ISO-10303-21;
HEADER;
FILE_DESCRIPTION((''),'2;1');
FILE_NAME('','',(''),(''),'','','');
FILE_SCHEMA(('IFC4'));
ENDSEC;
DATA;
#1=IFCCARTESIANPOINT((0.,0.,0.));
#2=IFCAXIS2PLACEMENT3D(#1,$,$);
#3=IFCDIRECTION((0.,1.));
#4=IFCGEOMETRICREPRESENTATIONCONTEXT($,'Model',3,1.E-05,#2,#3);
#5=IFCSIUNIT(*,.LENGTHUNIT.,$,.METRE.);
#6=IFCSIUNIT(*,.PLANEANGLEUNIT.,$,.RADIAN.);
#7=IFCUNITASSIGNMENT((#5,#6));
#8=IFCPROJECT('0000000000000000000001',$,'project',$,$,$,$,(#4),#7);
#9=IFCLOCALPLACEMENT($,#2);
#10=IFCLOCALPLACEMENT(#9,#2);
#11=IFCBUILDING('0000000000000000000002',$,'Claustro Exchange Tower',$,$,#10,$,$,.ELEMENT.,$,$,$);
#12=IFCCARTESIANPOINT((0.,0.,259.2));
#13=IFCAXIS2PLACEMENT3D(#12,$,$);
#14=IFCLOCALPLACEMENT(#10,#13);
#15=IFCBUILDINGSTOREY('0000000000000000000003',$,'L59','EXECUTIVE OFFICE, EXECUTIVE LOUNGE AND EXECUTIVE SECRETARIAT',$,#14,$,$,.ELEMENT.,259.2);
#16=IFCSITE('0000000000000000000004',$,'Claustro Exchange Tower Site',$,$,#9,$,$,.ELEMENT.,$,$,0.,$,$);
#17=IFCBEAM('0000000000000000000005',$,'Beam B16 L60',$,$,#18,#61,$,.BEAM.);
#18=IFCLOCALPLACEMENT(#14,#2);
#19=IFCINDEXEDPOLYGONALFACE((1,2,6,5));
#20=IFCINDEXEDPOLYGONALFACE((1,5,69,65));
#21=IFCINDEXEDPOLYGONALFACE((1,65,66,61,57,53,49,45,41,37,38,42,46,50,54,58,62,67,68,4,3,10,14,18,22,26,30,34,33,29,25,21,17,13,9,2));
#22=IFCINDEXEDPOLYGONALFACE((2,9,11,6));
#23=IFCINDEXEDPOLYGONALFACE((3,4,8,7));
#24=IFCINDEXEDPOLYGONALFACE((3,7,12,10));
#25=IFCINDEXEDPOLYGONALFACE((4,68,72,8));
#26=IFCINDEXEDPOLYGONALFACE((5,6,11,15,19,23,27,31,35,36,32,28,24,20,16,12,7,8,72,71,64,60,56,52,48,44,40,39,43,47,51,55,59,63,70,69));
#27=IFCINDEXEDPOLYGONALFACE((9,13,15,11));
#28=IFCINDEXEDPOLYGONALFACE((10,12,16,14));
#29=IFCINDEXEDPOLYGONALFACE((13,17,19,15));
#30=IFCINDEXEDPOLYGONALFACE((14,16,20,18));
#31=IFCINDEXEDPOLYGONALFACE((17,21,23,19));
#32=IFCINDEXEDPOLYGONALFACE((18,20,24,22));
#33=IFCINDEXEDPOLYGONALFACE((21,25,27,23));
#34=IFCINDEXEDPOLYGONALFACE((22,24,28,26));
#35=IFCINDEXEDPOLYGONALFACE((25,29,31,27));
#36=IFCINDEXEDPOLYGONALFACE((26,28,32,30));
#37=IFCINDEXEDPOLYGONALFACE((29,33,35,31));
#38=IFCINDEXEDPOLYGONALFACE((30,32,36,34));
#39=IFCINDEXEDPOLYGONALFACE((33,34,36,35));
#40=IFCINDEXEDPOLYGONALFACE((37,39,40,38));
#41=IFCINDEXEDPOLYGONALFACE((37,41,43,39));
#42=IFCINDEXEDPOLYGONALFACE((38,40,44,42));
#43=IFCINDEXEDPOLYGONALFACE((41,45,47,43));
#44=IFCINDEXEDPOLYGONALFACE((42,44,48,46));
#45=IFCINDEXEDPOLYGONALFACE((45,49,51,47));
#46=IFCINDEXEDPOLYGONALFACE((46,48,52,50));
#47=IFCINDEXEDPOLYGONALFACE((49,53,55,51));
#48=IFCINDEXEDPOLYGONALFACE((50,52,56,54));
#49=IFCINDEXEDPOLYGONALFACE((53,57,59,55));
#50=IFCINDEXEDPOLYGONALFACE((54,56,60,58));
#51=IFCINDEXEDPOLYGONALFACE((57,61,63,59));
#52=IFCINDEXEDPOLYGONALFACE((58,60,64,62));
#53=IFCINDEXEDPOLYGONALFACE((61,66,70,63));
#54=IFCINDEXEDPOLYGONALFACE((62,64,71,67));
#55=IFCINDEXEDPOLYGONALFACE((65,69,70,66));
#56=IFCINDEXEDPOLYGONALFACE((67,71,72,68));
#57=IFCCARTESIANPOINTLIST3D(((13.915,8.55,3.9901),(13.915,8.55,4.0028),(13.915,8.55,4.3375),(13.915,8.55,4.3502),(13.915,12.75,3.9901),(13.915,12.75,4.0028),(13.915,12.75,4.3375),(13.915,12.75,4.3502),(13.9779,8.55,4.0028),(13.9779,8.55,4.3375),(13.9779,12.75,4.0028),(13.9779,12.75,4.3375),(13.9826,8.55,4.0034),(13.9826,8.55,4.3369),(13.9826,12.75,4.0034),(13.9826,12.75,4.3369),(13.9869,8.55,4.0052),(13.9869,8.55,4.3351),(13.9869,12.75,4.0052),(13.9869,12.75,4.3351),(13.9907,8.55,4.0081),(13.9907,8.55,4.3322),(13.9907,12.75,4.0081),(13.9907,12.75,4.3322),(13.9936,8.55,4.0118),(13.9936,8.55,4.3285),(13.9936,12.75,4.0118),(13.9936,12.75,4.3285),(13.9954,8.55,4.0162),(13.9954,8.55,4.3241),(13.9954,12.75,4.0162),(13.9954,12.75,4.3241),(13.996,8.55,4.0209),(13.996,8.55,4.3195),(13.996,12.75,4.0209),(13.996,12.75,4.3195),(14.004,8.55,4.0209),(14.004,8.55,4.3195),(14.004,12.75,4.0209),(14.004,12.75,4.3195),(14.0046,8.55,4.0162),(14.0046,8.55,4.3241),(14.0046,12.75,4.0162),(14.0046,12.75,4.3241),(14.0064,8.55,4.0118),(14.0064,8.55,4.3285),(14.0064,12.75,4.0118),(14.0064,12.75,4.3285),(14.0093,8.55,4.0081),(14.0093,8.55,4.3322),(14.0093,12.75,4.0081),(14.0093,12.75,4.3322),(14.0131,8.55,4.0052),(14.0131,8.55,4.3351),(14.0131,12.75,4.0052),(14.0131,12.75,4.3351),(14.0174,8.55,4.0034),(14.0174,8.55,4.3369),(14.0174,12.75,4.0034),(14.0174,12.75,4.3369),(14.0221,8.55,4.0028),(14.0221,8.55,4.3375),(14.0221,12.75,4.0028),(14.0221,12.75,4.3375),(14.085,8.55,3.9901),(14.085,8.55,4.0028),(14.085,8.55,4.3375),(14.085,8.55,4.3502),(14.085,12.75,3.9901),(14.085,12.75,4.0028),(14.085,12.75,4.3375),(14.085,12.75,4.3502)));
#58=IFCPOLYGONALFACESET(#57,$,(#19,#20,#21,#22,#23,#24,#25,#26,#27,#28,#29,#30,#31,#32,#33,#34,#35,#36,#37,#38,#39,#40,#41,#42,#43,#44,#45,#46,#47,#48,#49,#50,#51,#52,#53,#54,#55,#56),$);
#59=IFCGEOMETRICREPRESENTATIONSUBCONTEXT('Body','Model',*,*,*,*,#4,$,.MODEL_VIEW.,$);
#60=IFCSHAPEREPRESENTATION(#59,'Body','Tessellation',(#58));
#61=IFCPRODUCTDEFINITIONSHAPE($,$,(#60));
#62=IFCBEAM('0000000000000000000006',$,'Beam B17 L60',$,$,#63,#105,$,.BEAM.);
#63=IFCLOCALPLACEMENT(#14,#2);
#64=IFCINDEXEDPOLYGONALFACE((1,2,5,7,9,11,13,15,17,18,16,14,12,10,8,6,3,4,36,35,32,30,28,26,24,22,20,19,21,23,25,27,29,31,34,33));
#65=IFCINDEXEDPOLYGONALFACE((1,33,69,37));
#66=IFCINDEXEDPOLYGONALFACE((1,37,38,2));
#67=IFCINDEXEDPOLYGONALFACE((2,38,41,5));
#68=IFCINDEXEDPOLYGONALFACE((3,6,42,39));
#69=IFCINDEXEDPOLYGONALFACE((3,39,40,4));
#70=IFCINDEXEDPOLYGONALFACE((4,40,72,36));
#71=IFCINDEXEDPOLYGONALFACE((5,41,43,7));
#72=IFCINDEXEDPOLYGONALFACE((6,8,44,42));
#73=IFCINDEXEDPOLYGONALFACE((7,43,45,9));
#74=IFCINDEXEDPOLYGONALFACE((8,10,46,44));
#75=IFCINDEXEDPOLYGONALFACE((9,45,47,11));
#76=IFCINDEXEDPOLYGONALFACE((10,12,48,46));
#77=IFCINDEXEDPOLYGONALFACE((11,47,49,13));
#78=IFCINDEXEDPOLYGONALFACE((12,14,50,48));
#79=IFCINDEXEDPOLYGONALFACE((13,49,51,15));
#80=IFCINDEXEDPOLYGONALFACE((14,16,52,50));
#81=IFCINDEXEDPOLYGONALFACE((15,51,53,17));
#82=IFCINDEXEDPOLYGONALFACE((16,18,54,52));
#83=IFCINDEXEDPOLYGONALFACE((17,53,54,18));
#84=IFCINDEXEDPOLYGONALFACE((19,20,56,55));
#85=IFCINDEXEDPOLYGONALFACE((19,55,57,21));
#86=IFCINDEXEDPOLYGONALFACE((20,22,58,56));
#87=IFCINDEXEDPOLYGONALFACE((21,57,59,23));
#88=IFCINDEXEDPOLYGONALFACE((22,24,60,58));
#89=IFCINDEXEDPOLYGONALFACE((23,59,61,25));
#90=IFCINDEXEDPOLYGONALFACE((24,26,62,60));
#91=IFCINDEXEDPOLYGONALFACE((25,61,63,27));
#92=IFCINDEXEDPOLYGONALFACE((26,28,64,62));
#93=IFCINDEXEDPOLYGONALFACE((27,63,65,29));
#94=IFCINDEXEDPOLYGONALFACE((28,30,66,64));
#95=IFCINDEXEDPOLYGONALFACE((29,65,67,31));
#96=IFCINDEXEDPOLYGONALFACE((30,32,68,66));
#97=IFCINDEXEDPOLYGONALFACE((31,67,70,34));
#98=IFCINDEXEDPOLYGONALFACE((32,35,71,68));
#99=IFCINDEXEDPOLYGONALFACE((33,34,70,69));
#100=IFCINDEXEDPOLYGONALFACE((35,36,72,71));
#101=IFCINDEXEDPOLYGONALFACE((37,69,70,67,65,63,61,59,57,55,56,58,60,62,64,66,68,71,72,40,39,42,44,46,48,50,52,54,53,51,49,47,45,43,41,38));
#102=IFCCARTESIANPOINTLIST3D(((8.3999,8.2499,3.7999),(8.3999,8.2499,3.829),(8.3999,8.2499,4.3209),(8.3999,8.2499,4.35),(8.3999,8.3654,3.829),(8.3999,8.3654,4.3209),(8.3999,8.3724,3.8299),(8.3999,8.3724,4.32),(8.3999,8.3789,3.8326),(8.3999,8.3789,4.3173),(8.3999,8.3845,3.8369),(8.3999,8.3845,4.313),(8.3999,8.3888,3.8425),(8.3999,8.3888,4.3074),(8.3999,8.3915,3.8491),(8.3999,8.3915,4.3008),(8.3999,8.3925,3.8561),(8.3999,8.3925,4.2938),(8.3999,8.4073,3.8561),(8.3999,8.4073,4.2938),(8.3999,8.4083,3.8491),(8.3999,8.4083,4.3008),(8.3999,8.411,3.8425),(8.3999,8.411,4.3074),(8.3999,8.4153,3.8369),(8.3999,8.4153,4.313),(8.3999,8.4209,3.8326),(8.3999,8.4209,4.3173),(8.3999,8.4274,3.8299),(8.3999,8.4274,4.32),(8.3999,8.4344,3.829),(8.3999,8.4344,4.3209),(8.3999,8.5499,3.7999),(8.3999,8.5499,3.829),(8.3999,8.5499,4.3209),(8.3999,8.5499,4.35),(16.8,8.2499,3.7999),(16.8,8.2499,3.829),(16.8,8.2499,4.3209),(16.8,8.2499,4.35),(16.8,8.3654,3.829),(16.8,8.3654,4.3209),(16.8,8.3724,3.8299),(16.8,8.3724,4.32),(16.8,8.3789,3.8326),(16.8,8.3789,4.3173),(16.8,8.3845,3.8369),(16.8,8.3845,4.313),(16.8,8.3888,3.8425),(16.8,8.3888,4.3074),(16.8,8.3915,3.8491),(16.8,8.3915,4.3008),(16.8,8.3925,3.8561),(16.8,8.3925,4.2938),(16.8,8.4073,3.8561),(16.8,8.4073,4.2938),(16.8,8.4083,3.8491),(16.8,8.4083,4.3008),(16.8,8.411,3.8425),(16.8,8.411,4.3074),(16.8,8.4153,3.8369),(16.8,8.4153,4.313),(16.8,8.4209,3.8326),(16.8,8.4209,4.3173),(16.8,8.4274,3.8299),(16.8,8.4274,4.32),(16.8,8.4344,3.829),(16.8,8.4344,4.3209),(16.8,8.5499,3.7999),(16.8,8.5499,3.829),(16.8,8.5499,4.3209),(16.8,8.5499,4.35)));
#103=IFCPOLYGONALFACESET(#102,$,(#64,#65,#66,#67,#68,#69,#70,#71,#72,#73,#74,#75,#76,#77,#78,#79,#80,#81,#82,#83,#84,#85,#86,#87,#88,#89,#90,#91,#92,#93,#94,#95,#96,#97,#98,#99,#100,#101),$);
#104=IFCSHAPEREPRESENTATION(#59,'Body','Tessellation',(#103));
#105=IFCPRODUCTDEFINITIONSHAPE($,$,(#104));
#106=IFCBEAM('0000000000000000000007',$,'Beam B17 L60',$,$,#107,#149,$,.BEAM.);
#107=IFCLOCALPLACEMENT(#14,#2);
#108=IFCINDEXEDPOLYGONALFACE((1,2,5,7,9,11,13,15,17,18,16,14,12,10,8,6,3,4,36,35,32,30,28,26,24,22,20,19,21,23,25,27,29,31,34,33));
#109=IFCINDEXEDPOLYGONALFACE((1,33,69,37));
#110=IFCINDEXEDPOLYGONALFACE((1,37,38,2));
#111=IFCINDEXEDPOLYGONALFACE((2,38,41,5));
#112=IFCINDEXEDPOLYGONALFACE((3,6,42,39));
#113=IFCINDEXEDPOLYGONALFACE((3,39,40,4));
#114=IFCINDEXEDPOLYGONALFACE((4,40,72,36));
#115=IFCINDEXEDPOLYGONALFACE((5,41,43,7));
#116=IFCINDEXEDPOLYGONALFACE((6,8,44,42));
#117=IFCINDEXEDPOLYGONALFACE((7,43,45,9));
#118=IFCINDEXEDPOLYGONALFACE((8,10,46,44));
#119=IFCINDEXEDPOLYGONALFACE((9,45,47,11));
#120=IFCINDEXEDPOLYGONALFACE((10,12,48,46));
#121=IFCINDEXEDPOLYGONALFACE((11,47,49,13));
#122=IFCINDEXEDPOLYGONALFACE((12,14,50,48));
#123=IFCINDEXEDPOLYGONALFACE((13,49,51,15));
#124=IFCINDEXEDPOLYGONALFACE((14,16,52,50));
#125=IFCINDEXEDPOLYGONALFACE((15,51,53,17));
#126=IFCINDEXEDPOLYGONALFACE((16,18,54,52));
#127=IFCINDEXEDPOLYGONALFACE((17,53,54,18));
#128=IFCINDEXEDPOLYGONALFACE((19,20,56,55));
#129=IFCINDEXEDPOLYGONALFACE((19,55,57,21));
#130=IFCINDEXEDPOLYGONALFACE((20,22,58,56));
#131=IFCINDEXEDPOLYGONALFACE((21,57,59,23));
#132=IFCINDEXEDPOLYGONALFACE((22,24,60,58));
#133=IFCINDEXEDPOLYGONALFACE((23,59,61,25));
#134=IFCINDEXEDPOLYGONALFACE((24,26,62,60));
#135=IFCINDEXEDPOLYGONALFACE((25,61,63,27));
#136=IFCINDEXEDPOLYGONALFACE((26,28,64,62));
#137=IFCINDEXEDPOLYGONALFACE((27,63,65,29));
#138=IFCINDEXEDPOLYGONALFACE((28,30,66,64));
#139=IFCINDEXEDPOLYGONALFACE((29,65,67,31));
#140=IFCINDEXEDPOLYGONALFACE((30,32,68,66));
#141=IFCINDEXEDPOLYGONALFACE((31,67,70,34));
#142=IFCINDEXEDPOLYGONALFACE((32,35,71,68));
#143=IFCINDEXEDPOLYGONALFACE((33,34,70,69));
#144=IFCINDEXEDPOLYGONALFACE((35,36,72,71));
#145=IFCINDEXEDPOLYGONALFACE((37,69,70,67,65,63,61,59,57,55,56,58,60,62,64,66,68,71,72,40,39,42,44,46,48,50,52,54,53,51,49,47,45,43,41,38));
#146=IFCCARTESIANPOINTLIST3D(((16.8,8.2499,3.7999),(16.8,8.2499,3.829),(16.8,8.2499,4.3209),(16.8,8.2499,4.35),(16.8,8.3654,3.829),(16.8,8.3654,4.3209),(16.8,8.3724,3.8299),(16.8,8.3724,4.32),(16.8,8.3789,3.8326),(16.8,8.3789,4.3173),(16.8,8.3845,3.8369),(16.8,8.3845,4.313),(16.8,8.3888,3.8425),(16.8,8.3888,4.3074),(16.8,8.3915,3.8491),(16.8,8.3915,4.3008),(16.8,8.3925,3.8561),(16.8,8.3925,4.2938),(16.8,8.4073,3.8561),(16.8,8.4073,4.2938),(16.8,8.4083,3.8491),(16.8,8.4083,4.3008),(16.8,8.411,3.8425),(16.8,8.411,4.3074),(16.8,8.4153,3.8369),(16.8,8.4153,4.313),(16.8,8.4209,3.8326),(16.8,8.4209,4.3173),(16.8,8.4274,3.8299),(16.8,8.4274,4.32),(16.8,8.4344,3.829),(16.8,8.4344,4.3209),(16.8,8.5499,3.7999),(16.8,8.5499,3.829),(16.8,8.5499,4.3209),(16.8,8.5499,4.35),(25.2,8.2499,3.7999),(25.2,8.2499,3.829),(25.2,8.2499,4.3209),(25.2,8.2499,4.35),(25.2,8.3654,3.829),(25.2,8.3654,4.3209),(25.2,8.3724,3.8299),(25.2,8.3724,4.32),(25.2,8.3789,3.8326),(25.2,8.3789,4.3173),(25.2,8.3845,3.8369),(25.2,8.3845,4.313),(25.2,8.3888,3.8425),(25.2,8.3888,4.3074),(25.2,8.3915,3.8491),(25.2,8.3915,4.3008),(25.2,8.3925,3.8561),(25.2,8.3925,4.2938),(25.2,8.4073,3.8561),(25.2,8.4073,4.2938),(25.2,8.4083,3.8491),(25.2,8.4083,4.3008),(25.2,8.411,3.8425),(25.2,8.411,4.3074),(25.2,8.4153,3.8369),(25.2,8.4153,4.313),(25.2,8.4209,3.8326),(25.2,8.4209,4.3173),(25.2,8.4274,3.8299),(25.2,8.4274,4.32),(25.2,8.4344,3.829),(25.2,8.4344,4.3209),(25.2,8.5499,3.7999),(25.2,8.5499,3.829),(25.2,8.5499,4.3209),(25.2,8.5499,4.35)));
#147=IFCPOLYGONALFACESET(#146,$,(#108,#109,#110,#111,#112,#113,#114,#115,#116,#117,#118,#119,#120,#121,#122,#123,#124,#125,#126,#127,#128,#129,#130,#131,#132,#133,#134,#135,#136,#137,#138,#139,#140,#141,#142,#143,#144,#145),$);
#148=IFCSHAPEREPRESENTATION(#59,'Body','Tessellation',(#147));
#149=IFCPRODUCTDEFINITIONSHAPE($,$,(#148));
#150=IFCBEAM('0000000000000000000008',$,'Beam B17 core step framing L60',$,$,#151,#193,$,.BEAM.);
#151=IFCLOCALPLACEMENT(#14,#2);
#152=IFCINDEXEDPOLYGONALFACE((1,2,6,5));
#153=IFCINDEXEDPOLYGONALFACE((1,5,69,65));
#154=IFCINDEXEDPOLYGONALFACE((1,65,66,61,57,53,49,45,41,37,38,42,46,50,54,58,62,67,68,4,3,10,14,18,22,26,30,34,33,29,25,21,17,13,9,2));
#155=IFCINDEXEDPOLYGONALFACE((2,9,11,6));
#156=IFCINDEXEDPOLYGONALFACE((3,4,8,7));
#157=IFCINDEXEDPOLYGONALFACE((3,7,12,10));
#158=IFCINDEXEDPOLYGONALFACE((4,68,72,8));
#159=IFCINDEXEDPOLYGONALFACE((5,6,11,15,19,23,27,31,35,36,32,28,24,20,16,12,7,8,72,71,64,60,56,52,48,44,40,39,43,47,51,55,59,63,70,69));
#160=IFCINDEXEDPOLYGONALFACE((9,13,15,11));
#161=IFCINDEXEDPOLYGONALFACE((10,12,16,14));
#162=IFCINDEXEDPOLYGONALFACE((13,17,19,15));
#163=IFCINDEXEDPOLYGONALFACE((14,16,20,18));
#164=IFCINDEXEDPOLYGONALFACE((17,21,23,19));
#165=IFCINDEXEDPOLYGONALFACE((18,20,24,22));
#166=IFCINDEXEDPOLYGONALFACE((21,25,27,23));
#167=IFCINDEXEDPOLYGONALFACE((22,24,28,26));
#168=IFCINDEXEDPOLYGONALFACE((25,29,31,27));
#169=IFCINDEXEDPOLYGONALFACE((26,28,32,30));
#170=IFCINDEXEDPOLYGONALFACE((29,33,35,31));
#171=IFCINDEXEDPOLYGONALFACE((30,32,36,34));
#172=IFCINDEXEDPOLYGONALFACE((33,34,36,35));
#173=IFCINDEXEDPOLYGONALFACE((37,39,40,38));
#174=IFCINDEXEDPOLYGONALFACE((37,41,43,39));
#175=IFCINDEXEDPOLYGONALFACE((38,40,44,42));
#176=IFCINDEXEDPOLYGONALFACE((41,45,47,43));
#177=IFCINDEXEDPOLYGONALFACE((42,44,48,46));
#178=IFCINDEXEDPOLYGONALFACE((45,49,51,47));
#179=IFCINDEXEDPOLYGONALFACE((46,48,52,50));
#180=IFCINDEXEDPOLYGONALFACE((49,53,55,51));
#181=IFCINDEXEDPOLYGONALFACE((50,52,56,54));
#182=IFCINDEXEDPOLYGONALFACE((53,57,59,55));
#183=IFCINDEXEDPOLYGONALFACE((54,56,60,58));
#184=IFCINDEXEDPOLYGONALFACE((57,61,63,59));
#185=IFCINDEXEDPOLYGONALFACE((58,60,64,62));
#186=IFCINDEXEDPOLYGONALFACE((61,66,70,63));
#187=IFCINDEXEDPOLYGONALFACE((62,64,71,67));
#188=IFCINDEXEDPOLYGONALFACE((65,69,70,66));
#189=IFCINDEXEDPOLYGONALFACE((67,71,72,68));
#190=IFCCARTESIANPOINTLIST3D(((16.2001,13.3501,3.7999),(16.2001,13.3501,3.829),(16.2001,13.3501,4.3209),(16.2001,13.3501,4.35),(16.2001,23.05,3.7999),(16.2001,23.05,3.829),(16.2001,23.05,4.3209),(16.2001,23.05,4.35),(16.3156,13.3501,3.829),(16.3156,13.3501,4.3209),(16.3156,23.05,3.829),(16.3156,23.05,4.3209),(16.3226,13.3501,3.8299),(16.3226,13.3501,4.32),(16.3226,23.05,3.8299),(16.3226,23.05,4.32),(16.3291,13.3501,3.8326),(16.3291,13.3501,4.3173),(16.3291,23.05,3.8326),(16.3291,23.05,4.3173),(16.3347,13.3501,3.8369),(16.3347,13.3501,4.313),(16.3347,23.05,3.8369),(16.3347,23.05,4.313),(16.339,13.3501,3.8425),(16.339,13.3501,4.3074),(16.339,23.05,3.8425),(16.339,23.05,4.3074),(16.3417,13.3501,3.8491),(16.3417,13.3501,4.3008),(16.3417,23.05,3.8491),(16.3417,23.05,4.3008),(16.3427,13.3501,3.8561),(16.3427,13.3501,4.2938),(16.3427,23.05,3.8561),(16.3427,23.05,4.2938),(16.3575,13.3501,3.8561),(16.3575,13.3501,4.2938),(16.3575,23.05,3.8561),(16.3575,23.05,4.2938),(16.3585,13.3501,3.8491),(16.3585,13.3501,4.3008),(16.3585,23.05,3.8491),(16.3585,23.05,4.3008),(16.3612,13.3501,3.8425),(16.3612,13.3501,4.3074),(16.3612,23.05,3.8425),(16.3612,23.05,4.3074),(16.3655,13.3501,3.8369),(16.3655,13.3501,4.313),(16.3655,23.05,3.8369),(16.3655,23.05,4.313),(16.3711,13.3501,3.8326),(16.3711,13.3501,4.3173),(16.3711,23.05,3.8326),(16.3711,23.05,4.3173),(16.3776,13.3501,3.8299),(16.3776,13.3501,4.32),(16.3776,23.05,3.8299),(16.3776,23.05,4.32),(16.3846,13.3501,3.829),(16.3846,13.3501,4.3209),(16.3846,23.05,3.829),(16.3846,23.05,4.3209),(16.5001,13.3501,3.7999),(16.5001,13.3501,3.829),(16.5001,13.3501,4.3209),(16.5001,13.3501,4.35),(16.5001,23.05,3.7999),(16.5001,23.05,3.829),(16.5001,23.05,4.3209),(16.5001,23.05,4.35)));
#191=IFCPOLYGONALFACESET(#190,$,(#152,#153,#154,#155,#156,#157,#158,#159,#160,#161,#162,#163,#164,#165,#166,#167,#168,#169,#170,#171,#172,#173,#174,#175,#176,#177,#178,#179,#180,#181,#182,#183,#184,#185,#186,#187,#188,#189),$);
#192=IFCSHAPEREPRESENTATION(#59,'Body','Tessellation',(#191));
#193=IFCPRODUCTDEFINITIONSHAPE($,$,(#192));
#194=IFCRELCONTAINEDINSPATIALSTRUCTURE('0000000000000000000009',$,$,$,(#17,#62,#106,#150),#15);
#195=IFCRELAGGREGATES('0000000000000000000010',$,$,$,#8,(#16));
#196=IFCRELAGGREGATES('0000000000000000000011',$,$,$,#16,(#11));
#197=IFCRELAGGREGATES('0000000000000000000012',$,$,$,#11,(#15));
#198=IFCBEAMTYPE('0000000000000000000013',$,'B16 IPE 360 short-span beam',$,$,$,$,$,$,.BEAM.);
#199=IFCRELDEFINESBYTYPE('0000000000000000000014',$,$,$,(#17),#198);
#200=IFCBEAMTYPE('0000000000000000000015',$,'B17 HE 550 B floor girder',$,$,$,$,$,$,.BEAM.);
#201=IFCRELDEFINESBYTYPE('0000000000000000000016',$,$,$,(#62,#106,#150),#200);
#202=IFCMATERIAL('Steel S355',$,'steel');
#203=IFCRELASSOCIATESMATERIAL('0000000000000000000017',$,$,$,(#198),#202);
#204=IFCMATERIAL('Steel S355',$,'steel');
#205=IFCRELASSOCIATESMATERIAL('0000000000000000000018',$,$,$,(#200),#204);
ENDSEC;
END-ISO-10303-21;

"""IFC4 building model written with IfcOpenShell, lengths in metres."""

from ifc_helpers import new_model, si_unit, direction, frame, origin, origin_2d, place, context, subcontext, project, spatial, i_section, extrude, material, material_profile, profile_set, type_object, element, save


model = new_model("IFC4")

# Units and contexts
model_context = context("Model", 3, precision=1e-05, world=origin(), true_north=direction((0.0, 1.0)))
body_context = subcontext(model_context, "Body", "Model", "MODEL_VIEW")
ifc_project = project(units=[si_unit("LENGTHUNIT", "METRE"), si_unit("PLANEANGLEUNIT", "RADIAN")], contexts=[model_context])

# Site, building, storey
site_placement = place(None, origin())
site = spatial("IfcSite", under=ifc_project, at=site_placement, Name="Claustro Exchange Tower Site", CompositionType="ELEMENT", RefElevation=0.0)
building_placement = place(site_placement, origin())
building = spatial("IfcBuilding", under=site, at=building_placement, Name="Claustro Exchange Tower", CompositionType="ELEMENT")
storey_placement = place(building_placement, frame((0.0, 0.0, 259.2)))
storey = spatial("IfcBuildingStorey", under=building, at=storey_placement, Name="L59", Description="EXECUTIVE OFFICE, EXECUTIVE LOUNGE AND EXECUTIVE SECRETARIAT", CompositionType="ELEMENT", Elevation=259.2)

# Beams
ifc_material_1 = material(Name="Steel S355", Category="steel")
ifc_material_profile_1 = material_profile(ifc_material_1, i_section(OverallWidth=0.1699, OverallDepth=0.3601, WebThickness=0.0081, FlangeThickness=0.0127, FilletRadius=0.0181, at=origin_2d()), Name="IPE 360")
ifc_profile_set_1 = profile_set([ifc_material_profile_1], Name="Steel S355")
beam_type_1 = type_object("IfcBeamType", Name="B16 IPE 360 short-span beam", PredefinedType="BEAM", material=ifc_profile_set_1)
for number, where, z_axis, x_axis, name in (
    (1, (14.0, 8.55, 4.1702), (0.0, 1.0, 0.0), (-1.0, 0.0, 0.0), "Beam B16 L60"),
):
    element("IfcBeam", number, at=place(storey_placement, frame(where, z_axis=z_axis, x_axis=x_axis)), inside=storey, type_object=beam_type_1, Name=name, PredefinedType="BEAM", context=body_context, shape_type="SweptSolid", body=[
        extrude(i_section(OverallWidth=0.1699, OverallDepth=0.3601, WebThickness=0.0081, FlangeThickness=0.0127, FilletRadius=0.0181, at=origin_2d()), origin(), (0.0, 0.0, 1.0), 4.2),
    ])
ifc_material_2 = material(Name="Steel S355", Category="steel")
ifc_material_profile_2 = material_profile(ifc_material_2, i_section(OverallWidth=0.3, OverallDepth=0.55, WebThickness=0.0149, FlangeThickness=0.0291, FilletRadius=0.0271, at=origin_2d()), Name="HE 550 B")
ifc_profile_set_2 = profile_set([ifc_material_profile_2], Name="Steel S355")
beam_type_2 = type_object("IfcBeamType", Name="B17 HE 550 B floor girder", PredefinedType="BEAM", material=ifc_profile_set_2)
beam_1_placement = place(storey_placement, frame((8.3999, 8.3999, 4.075), z_axis=(1.0, 0.0, 0.0), x_axis=(0.0, 1.0, 0.0)))
element("IfcBeam", 2, at=beam_1_placement, inside=storey, type_object=beam_type_2, Name="Beam B17 L60", PredefinedType="BEAM", context=body_context, shape_type="SweptSolid", body=[
    extrude(i_section(OverallWidth=0.3, OverallDepth=0.55, WebThickness=0.0149, FlangeThickness=0.0291, FilletRadius=0.0271, at=origin_2d()), origin(), (0.0, 0.0, 1.0), 8.4001),
])
beam_2_placement = place(storey_placement, frame((16.8, 8.3999, 4.075), z_axis=(1.0, 0.0, 0.0), x_axis=(0.0, 1.0, 0.0)))
element("IfcBeam", 3, at=beam_2_placement, inside=storey, type_object=beam_type_2, Name="Beam B17 L60", PredefinedType="BEAM", context=body_context, shape_type="SweptSolid", body=[
    extrude(i_section(OverallWidth=0.3, OverallDepth=0.55, WebThickness=0.0149, FlangeThickness=0.0291, FilletRadius=0.0271, at=origin_2d()), origin(), (0.0, 0.0, 1.0), 8.3999),
])
beam_3_placement = place(storey_placement, frame((16.3501, 13.3501, 4.075), z_axis=(0.0, 1.0, 0.0), x_axis=(-1.0, 0.0, 0.0)))
element("IfcBeam", 4, at=beam_3_placement, inside=storey, type_object=beam_type_2, Name="Beam B17 core step framing L60", PredefinedType="BEAM", context=body_context, shape_type="SweptSolid", body=[
    extrude(i_section(OverallWidth=0.3, OverallDepth=0.55, WebThickness=0.0149, FlangeThickness=0.0291, FilletRadius=0.0271, at=origin_2d()), origin(), (0.0, 0.0, 1.0), 9.7),
])

save(model, "model.ifc")
